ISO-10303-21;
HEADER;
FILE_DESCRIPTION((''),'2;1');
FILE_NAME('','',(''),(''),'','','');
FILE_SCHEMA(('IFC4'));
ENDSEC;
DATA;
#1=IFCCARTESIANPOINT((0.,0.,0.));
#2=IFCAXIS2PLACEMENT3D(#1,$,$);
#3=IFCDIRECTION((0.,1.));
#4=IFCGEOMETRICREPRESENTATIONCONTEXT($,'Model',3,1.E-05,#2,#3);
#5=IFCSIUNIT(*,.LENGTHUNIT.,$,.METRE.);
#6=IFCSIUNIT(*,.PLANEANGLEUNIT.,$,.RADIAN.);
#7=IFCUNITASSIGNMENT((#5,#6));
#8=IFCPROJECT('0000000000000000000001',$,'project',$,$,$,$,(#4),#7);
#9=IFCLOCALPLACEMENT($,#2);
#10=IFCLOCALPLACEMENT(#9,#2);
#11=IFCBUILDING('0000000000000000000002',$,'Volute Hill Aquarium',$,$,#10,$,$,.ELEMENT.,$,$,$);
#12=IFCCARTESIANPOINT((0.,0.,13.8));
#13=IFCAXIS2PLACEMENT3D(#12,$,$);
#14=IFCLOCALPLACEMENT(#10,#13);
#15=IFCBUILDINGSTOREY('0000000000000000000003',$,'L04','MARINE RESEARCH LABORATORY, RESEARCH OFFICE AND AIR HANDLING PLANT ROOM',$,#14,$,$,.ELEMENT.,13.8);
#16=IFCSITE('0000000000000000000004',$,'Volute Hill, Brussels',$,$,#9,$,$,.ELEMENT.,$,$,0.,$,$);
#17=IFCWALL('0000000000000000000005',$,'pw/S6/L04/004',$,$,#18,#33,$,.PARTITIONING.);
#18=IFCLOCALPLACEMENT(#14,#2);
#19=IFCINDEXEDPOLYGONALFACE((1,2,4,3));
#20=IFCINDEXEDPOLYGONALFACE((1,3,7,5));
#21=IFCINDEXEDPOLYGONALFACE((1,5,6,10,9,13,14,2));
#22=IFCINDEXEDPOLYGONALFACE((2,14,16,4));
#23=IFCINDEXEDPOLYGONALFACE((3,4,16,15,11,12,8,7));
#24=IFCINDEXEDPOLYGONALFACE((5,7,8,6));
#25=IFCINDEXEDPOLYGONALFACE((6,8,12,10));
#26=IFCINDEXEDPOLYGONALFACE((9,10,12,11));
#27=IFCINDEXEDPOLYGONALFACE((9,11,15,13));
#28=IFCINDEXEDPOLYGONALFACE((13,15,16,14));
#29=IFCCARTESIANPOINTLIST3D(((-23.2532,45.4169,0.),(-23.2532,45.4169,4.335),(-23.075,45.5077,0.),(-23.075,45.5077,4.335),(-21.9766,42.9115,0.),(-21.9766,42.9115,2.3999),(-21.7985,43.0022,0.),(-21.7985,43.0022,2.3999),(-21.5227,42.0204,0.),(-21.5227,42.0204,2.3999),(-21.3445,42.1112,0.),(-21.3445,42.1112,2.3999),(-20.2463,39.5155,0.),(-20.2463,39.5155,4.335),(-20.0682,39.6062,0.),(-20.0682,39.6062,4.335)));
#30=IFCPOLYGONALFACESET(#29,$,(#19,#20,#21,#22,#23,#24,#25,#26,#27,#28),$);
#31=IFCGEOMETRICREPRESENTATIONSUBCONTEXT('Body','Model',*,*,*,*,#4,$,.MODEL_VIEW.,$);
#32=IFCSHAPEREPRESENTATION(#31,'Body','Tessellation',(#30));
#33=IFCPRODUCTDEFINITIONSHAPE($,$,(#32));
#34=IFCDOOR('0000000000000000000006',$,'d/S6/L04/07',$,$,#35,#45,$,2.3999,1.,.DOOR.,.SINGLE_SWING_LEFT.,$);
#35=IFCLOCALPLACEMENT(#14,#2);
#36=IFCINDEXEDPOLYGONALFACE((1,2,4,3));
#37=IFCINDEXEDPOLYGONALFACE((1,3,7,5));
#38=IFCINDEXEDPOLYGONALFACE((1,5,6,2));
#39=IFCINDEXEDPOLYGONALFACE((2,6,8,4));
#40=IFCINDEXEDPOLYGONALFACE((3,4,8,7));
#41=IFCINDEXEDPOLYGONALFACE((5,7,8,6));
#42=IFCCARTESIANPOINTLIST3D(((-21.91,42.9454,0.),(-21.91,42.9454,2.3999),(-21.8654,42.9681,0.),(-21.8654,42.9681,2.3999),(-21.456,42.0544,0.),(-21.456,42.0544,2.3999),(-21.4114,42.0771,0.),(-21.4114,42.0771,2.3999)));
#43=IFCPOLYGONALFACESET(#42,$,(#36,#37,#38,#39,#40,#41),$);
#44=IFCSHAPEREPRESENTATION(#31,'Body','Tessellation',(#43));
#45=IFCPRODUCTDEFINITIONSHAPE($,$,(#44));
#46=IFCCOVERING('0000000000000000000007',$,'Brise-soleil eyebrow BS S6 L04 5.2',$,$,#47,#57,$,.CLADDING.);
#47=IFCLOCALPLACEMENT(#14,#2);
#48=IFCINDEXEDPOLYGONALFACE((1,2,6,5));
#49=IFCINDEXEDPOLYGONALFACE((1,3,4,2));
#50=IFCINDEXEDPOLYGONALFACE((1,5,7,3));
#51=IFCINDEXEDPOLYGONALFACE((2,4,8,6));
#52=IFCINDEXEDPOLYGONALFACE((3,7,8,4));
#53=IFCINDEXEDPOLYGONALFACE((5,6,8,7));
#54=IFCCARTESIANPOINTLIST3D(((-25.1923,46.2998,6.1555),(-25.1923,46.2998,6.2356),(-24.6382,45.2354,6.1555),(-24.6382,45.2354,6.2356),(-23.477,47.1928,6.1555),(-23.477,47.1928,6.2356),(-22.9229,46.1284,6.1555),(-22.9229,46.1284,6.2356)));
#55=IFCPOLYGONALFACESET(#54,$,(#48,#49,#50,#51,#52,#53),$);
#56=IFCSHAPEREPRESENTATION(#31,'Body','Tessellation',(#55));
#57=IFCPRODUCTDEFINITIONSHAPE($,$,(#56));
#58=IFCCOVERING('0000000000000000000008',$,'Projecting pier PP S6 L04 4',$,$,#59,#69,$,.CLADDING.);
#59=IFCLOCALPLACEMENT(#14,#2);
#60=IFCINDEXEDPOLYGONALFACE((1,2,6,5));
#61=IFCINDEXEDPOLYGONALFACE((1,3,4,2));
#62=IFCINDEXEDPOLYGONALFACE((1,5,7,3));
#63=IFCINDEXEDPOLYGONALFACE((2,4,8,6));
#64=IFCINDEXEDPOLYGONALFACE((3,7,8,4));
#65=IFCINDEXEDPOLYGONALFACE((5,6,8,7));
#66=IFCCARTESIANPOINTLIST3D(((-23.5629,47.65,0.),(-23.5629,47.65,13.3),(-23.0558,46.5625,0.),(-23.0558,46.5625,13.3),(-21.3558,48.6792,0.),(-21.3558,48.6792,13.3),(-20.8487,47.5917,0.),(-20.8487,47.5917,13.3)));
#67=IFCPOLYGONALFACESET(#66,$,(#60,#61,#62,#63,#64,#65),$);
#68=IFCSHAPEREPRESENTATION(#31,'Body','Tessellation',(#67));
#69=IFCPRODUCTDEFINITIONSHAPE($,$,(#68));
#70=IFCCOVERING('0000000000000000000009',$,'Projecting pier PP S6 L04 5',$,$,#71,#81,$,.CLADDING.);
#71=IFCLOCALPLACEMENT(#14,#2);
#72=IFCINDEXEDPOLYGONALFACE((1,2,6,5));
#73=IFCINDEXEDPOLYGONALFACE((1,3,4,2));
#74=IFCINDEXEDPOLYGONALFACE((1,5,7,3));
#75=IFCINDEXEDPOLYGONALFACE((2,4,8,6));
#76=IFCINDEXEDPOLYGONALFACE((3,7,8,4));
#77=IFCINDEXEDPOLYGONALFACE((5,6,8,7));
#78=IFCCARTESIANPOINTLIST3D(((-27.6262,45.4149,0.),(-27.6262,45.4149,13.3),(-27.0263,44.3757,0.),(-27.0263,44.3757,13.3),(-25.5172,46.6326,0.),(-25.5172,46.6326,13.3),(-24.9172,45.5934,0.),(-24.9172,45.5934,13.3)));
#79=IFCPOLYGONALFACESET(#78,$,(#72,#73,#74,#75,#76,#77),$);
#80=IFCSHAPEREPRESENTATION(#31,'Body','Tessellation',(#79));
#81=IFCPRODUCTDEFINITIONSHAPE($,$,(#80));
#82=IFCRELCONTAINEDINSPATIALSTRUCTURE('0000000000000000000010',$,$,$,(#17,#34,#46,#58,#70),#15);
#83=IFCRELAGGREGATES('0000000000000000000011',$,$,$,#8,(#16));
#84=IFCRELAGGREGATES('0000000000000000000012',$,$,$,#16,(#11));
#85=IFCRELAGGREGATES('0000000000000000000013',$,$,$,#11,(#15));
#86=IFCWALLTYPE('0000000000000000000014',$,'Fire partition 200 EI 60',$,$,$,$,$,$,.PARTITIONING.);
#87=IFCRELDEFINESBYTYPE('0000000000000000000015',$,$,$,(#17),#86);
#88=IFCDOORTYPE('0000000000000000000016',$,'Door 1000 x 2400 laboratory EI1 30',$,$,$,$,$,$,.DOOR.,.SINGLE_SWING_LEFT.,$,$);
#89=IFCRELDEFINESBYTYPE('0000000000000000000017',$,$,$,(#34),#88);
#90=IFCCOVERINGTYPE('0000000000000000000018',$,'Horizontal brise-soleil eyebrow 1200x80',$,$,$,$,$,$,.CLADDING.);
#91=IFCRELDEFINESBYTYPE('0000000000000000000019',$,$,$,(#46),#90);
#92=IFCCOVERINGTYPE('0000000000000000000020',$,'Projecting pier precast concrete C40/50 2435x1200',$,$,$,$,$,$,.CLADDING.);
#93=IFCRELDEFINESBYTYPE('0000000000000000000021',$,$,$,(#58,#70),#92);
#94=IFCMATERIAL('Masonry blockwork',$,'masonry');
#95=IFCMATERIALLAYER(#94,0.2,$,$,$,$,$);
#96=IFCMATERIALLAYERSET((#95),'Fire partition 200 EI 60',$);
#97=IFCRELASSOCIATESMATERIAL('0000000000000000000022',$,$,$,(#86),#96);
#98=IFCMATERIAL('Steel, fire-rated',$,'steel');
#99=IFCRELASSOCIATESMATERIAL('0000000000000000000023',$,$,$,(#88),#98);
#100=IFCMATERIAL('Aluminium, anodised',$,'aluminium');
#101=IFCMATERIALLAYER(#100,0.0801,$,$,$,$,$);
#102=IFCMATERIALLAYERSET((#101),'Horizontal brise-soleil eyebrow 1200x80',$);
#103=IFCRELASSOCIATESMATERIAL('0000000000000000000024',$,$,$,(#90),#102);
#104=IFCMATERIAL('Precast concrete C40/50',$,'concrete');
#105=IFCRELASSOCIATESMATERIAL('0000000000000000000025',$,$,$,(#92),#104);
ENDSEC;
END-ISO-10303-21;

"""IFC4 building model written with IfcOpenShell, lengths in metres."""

from ifc_helpers import new_model, si_unit, direction, frame, frame_2d, origin, origin_2d, place, context, subcontext, project, spatial, rectangle, extrude, material, layer, layer_set, type_object, element, fill, save


model = new_model("IFC4")

# Units and contexts
model_context = context("Model", 3, precision=1e-05, world=origin(), true_north=direction((0.0, 1.0)))
body_context = subcontext(model_context, "Body", "Model", "MODEL_VIEW")
ifc_project = project(units=[si_unit("LENGTHUNIT", "METRE"), si_unit("PLANEANGLEUNIT", "RADIAN")], contexts=[model_context])

# Site, building, storey
site_placement = place(None, origin())
site = spatial("IfcSite", under=ifc_project, at=site_placement, Name="Volute Hill, Brussels", CompositionType="ELEMENT", RefElevation=0.0)
building_placement = place(site_placement, origin())
building = spatial("IfcBuilding", under=site, at=building_placement, Name="Volute Hill Aquarium", CompositionType="ELEMENT")
storey_placement = place(building_placement, frame((0.0, 0.0, 13.8)))
storey = spatial("IfcBuildingStorey", under=building, at=storey_placement, Name="L04", Description="MARINE RESEARCH LABORATORY, RESEARCH OFFICE AND AIR HANDLING PLANT ROOM", CompositionType="ELEMENT", Elevation=13.8)

# Wall, opening, door
ifc_material_1 = material(Name="Masonry blockwork", Category="masonry")
ifc_layer_1 = layer(ifc_material_1, 0.2)
ifc_layer_set_1 = layer_set([ifc_layer_1], Name="Fire partition 200 EI 60")
wall_type = type_object("IfcWallType", Name="Fire partition 200 EI 60", PredefinedType="PARTITIONING", material=ifc_layer_set_1)
wall_placement = place(storey_placement, frame((-23.1641, 45.4622, 0.0), z_axis=(0.0, 0.0, 1.0), x_axis=(0.453983, -0.89101, 0.0)))
wall = element("IfcWall", 1, at=wall_placement, inside=storey, type_object=wall_type, Name="pw/S6/L04/004", PredefinedType="PARTITIONING", context=body_context, shape_type="SweptSolid", body=[
    extrude(rectangle(XDim=6.6233, YDim=0.2, at=frame_2d((3.3115, 0.0))), origin(), (0.0, 0.0, 1.0), 4.335),
])
opening_placement = place(wall_placement, frame((2.8118, 0.0, 0.0)))
opening = element("IfcOpeningElement", 2, at=opening_placement, cuts=wall, PredefinedType="OPENING", context=body_context, shape_type="SweptSolid", body=[
    extrude(rectangle(XDim=1.0, YDim=2.3999, at=frame_2d((0.5, 1.2))), frame((0.0, 0.1099, 0.0), z_axis=(0.0, -1.0, 0.0), x_axis=(1.0, 0.0, 0.0)), (0.0, 0.0, 1.0), 0.22),
])
ifc_material_2 = material(Name="Steel, fire-rated", Category="steel")
door_type = type_object("IfcDoorType", Name="Door 1000 x 2400 laboratory EI1 30", OperationType="SINGLE_SWING_LEFT", PredefinedType="DOOR", material=ifc_material_2)
door_placement = place(opening_placement, origin())
door = element("IfcDoor", 3, at=door_placement, inside=storey, type_object=door_type, Name="d/S6/L04/07", OperationType="SINGLE_SWING_LEFT", OverallHeight=2.3999, OverallWidth=1.0, PredefinedType="DOOR", context=body_context, shape_type="SweptSolid", body=[
    extrude(rectangle(XDim=1.0, YDim=2.3999, at=frame_2d((0.5, 1.2))), frame((0.0, 0.0249, 0.0), z_axis=(0.0, -1.0, 0.0), x_axis=(1.0, 0.0, 0.0)), (0.0, 0.0, 1.0), 0.05),
])
fill(opening, door)

# Coverings
ifc_material_3 = material(Name="Aluminium, anodised", Category="aluminium")
ifc_layer_2 = layer(ifc_material_3, 0.0801)
ifc_layer_set_2 = layer_set([ifc_layer_2], Name="Horizontal brise-soleil eyebrow 1200x80")
covering_type_1 = type_object("IfcCoveringType", Name="Horizontal brise-soleil eyebrow 1200x80", PredefinedType="CLADDING", material=ifc_layer_set_2)
covering_placement = place(storey_placement, frame((-24.0576, 46.2141, 6.1555), z_axis=(0.0, 0.0, 1.0), x_axis=(-0.887006, -0.461759, 0.0)))
element("IfcCovering", 4, at=covering_placement, inside=storey, type_object=covering_type_1, Name="Brise-soleil eyebrow BS S6 L04 5.2", PredefinedType="CLADDING", context=body_context, shape_type="SweptSolid", body=[
    extrude(rectangle(XDim=1.9338, YDim=1.2, at=origin_2d()), origin(), (0.0, 0.0, 1.0), 0.0801),
])
ifc_material_4 = material(Name="Precast concrete C40/50", Category="concrete")
covering_type_2 = type_object("IfcCoveringType", Name="Projecting pier precast concrete C40/50 2435x1200", PredefinedType="CLADDING", material=ifc_material_4)
for number, where, z_axis, x_axis, name in (
    (5, (-22.2058, 47.6208, 0.0), (0.0, 0.0, 1.0), (-0.906308, -0.422618, 0.0), "Projecting pier PP S6 L04 4"),
    (6, (-26.2717, 45.5042, 0.0), (0.0, 0.0, 1.0), (-0.866025, -0.5, 0.0), "Projecting pier PP S6 L04 5"),
):
    element("IfcCovering", number, at=place(storey_placement, frame(where, z_axis=z_axis, x_axis=x_axis)), inside=storey, type_object=covering_type_2, Name=name, PredefinedType="CLADDING", context=body_context, shape_type="SweptSolid", body=[
        extrude(rectangle(XDim=2.4353, YDim=1.2, at=origin_2d()), origin(), (0.0, 0.0, 1.0), 13.3),
    ])

save(model, "model.ifc")
